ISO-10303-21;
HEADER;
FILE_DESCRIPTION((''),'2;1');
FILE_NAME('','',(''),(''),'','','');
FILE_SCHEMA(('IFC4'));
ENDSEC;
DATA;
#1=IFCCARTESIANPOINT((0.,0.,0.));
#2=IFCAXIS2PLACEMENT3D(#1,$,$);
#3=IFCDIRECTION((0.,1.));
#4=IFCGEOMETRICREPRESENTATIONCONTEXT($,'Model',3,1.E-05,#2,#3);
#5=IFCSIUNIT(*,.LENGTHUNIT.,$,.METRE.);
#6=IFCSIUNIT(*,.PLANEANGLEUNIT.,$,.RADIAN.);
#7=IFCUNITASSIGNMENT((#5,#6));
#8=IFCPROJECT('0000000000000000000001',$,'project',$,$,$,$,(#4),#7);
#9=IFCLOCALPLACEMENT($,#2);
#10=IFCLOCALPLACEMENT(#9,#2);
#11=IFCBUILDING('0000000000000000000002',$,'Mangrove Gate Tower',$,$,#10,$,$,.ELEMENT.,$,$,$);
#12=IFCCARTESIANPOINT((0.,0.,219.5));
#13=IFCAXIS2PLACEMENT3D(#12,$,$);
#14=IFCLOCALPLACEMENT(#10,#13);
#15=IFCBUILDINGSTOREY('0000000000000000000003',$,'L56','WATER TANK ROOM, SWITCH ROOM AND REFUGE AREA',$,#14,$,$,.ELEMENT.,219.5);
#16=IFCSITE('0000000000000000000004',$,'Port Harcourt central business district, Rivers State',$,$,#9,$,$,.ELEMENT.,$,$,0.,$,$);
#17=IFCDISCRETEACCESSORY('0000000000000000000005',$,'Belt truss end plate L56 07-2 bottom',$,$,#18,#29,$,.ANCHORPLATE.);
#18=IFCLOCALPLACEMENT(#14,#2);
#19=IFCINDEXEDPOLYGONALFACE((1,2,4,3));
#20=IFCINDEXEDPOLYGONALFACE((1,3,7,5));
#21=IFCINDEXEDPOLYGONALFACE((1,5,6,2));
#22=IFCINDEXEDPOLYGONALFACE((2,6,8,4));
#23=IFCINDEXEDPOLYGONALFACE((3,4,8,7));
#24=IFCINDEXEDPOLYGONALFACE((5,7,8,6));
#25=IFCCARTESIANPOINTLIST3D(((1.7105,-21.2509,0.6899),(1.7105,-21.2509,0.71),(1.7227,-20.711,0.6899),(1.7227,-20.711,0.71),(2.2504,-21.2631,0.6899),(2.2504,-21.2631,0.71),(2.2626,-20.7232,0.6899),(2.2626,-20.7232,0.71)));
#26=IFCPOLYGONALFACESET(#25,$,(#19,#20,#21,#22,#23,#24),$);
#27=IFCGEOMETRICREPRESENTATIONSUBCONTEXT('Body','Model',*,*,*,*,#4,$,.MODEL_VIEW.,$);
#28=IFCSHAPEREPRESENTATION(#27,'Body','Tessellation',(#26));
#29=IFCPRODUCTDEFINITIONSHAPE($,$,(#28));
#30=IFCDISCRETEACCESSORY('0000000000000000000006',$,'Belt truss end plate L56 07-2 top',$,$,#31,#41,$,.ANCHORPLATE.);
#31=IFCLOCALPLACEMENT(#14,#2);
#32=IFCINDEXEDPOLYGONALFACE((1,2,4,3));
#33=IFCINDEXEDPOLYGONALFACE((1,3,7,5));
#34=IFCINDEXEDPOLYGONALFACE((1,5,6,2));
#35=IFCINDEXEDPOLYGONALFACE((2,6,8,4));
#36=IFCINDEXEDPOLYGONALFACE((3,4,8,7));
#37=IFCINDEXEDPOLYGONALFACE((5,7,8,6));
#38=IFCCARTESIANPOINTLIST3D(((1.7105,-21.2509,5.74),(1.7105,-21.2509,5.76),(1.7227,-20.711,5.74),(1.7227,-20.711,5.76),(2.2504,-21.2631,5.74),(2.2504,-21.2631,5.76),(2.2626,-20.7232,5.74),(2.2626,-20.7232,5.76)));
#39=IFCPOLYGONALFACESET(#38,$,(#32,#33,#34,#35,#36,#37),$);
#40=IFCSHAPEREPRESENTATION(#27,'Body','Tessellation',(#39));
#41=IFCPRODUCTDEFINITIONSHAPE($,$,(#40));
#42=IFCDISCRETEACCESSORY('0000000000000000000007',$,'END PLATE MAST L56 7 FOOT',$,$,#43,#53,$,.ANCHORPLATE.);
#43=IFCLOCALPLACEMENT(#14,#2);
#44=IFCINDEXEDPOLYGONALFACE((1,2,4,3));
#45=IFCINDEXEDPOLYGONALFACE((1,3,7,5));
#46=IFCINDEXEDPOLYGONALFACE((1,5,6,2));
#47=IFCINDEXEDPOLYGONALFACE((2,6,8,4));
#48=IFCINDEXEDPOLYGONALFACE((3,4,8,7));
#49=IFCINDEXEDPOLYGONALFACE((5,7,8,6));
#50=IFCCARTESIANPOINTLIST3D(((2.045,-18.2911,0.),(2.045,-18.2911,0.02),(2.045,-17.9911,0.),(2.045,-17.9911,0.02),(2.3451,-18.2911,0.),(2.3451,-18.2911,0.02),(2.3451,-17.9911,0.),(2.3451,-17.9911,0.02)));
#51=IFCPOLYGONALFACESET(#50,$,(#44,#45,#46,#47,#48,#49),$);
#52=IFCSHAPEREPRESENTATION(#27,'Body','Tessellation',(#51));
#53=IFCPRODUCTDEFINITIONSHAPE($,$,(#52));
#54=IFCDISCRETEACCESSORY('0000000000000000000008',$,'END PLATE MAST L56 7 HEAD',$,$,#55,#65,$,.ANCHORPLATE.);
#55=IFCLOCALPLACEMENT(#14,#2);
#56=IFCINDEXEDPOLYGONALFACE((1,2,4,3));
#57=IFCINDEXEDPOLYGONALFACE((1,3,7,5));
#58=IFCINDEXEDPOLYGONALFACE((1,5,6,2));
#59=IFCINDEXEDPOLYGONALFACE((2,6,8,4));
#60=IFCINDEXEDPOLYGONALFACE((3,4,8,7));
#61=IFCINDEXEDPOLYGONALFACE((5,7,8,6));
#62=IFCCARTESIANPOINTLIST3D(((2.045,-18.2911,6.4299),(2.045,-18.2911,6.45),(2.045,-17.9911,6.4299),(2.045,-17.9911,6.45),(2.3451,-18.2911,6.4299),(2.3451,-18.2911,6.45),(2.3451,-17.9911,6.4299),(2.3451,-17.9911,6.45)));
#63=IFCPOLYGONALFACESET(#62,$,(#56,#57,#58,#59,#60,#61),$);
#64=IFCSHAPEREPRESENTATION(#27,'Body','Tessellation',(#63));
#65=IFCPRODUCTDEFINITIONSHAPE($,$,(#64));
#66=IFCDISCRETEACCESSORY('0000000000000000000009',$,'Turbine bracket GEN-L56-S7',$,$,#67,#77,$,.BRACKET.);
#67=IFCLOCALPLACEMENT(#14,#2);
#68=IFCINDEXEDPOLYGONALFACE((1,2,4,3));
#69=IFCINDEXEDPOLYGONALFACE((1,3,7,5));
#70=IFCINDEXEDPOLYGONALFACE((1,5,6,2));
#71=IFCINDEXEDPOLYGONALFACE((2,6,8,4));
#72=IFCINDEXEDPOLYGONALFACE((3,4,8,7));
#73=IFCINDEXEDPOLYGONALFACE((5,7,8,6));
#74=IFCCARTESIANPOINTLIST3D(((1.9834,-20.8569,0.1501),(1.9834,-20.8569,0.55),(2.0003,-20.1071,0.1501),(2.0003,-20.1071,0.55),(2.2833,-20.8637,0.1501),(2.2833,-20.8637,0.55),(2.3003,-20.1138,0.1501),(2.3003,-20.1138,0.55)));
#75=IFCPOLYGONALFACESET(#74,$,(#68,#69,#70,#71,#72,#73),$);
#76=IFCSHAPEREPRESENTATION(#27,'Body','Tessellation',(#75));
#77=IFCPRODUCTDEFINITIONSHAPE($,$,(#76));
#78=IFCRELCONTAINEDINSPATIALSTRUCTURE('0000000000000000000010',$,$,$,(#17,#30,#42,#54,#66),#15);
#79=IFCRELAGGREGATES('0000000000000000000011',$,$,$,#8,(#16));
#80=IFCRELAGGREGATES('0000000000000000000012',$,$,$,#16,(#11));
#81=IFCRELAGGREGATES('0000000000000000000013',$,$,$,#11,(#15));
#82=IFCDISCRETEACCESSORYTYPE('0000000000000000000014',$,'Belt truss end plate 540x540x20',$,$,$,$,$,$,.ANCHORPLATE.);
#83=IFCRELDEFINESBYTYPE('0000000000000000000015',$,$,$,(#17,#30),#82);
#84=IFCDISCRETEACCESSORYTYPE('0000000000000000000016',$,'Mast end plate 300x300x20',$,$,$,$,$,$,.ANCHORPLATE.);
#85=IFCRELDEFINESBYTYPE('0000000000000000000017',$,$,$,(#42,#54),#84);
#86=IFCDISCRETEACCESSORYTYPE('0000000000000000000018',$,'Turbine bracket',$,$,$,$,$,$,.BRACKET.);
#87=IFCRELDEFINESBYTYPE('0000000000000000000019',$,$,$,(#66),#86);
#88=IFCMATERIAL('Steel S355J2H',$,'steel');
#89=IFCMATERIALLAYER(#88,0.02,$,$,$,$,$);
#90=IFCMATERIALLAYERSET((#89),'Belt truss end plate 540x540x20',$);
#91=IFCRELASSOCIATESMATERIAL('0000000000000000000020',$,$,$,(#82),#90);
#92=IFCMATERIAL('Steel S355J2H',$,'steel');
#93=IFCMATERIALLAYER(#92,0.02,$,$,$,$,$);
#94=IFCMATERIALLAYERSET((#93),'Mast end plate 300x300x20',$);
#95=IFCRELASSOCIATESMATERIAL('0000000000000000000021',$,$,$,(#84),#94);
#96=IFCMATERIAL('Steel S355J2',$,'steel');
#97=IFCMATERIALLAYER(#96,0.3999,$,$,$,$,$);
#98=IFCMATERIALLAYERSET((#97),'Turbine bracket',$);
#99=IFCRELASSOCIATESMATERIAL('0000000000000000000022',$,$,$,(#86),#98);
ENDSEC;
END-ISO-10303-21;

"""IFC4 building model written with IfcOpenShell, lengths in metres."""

from ifc_helpers import new_model, si_unit, direction, frame, origin, origin_2d, place, context, subcontext, project, spatial, rectangle, extrude, material, layer, layer_set, type_object, element, save


model = new_model("IFC4")

# Units and contexts
model_context = context("Model", 3, precision=1e-05, world=origin(), true_north=direction((0.0, 1.0)))
body_context = subcontext(model_context, "Body", "Model", "MODEL_VIEW")
ifc_project = project(units=[si_unit("LENGTHUNIT", "METRE"), si_unit("PLANEANGLEUNIT", "RADIAN")], contexts=[model_context])

# Site, building, storey
site_placement = place(None, origin())
site = spatial("IfcSite", under=ifc_project, at=site_placement, Name="Port Harcourt central business district, Rivers State", CompositionType="ELEMENT", RefElevation=0.0)
building_placement = place(site_placement, origin())
building = spatial("IfcBuilding", under=site, at=building_placement, Name="Mangrove Gate Tower", CompositionType="ELEMENT")
storey_placement = place(building_placement, frame((0.0, 0.0, 219.5)))
storey = spatial("IfcBuildingStorey", under=building, at=storey_placement, Name="L56", Description="WATER TANK ROOM, SWITCH ROOM AND REFUGE AREA", CompositionType="ELEMENT", Elevation=219.5)

# Discrete accessories
ifc_material_1 = material(Name="Steel S355J2H", Category="steel")
ifc_layer_1 = layer(ifc_material_1, 0.02)
ifc_layer_set_1 = layer_set([ifc_layer_1], Name="Belt truss end plate 540x540x20")
discrete_accessory_type_1 = type_object("IfcDiscreteAccessoryType", Name="Belt truss end plate 540x540x20", PredefinedType="ANCHORPLATE", material=ifc_layer_set_1)
for number, where, z_axis, x_axis, name in (
    (1, (1.9866, -20.9871, 0.6899), (0.0, 0.0, 1.0), (0.999744, -0.022637, 0.0), "Belt truss end plate L56 07-2 bottom"),
    (2, (1.9866, -20.9871, 5.74), (0.0, 0.0, 1.0), (0.999744, -0.022637, 0.0), "Belt truss end plate L56 07-2 top"),
):
    element("IfcDiscreteAccessory", number, at=place(storey_placement, frame(where, z_axis=z_axis, x_axis=x_axis)), inside=storey, type_object=discrete_accessory_type_1, Name=name, PredefinedType="ANCHORPLATE", context=body_context, shape_type="SweptSolid", body=[
        extrude(rectangle(XDim=0.54, YDim=0.54, at=origin_2d()), origin(), (0.0, 0.0, 1.0), 0.02),
    ])
ifc_material_2 = material(Name="Steel S355J2H", Category="steel")
ifc_layer_2 = layer(ifc_material_2, 0.02)
ifc_layer_set_2 = layer_set([ifc_layer_2], Name="Mast end plate 300x300x20")
discrete_accessory_type_2 = type_object("IfcDiscreteAccessoryType", Name="Mast end plate 300x300x20", PredefinedType="ANCHORPLATE", material=ifc_layer_set_2)
for number, where, z_axis, x_axis, name in (
    (3, (2.1951, -18.1411, 0.0), (0.0, 0.0, 1.0), (1.0, 0.0, 0.0), "END PLATE MAST L56 7 FOOT"),
    (4, (2.1951, -18.1411, 6.4299), (0.0, 0.0, 1.0), (1.0, 0.0, 0.0), "END PLATE MAST L56 7 HEAD"),
):
    element("IfcDiscreteAccessory", number, at=place(storey_placement, frame(where, z_axis=z_axis, x_axis=x_axis)), inside=storey, type_object=discrete_accessory_type_2, Name=name, PredefinedType="ANCHORPLATE", context=body_context, shape_type="SweptSolid", body=[
        extrude(rectangle(XDim=0.3, YDim=0.3, at=origin_2d()), origin(), (0.0, 0.0, 1.0), 0.02),
    ])
ifc_material_3 = material(Name="Steel S355J2", Category="steel")
ifc_layer_3 = layer(ifc_material_3, 0.3999)
ifc_layer_set_3 = layer_set([ifc_layer_3], Name="Turbine bracket")
discrete_accessory_type_3 = type_object("IfcDiscreteAccessoryType", Name="Turbine bracket", PredefinedType="BRACKET", material=ifc_layer_set_3)
discrete_accessory_placement = place(storey_placement, frame((2.1418, -20.4854, 0.1501), z_axis=(0.0, 0.0, 1.0), x_axis=(0.022637, 0.999744, 0.0)))
element("IfcDiscreteAccessory", 5, at=discrete_accessory_placement, inside=storey, type_object=discrete_accessory_type_3, Name="Turbine bracket GEN-L56-S7", PredefinedType="BRACKET", context=body_context, shape_type="SweptSolid", body=[
    extrude(rectangle(XDim=0.75, YDim=0.3, at=origin_2d()), origin(), (0.0, 0.0, 1.0), 0.3999),
])

save(model, "model.ifc")
